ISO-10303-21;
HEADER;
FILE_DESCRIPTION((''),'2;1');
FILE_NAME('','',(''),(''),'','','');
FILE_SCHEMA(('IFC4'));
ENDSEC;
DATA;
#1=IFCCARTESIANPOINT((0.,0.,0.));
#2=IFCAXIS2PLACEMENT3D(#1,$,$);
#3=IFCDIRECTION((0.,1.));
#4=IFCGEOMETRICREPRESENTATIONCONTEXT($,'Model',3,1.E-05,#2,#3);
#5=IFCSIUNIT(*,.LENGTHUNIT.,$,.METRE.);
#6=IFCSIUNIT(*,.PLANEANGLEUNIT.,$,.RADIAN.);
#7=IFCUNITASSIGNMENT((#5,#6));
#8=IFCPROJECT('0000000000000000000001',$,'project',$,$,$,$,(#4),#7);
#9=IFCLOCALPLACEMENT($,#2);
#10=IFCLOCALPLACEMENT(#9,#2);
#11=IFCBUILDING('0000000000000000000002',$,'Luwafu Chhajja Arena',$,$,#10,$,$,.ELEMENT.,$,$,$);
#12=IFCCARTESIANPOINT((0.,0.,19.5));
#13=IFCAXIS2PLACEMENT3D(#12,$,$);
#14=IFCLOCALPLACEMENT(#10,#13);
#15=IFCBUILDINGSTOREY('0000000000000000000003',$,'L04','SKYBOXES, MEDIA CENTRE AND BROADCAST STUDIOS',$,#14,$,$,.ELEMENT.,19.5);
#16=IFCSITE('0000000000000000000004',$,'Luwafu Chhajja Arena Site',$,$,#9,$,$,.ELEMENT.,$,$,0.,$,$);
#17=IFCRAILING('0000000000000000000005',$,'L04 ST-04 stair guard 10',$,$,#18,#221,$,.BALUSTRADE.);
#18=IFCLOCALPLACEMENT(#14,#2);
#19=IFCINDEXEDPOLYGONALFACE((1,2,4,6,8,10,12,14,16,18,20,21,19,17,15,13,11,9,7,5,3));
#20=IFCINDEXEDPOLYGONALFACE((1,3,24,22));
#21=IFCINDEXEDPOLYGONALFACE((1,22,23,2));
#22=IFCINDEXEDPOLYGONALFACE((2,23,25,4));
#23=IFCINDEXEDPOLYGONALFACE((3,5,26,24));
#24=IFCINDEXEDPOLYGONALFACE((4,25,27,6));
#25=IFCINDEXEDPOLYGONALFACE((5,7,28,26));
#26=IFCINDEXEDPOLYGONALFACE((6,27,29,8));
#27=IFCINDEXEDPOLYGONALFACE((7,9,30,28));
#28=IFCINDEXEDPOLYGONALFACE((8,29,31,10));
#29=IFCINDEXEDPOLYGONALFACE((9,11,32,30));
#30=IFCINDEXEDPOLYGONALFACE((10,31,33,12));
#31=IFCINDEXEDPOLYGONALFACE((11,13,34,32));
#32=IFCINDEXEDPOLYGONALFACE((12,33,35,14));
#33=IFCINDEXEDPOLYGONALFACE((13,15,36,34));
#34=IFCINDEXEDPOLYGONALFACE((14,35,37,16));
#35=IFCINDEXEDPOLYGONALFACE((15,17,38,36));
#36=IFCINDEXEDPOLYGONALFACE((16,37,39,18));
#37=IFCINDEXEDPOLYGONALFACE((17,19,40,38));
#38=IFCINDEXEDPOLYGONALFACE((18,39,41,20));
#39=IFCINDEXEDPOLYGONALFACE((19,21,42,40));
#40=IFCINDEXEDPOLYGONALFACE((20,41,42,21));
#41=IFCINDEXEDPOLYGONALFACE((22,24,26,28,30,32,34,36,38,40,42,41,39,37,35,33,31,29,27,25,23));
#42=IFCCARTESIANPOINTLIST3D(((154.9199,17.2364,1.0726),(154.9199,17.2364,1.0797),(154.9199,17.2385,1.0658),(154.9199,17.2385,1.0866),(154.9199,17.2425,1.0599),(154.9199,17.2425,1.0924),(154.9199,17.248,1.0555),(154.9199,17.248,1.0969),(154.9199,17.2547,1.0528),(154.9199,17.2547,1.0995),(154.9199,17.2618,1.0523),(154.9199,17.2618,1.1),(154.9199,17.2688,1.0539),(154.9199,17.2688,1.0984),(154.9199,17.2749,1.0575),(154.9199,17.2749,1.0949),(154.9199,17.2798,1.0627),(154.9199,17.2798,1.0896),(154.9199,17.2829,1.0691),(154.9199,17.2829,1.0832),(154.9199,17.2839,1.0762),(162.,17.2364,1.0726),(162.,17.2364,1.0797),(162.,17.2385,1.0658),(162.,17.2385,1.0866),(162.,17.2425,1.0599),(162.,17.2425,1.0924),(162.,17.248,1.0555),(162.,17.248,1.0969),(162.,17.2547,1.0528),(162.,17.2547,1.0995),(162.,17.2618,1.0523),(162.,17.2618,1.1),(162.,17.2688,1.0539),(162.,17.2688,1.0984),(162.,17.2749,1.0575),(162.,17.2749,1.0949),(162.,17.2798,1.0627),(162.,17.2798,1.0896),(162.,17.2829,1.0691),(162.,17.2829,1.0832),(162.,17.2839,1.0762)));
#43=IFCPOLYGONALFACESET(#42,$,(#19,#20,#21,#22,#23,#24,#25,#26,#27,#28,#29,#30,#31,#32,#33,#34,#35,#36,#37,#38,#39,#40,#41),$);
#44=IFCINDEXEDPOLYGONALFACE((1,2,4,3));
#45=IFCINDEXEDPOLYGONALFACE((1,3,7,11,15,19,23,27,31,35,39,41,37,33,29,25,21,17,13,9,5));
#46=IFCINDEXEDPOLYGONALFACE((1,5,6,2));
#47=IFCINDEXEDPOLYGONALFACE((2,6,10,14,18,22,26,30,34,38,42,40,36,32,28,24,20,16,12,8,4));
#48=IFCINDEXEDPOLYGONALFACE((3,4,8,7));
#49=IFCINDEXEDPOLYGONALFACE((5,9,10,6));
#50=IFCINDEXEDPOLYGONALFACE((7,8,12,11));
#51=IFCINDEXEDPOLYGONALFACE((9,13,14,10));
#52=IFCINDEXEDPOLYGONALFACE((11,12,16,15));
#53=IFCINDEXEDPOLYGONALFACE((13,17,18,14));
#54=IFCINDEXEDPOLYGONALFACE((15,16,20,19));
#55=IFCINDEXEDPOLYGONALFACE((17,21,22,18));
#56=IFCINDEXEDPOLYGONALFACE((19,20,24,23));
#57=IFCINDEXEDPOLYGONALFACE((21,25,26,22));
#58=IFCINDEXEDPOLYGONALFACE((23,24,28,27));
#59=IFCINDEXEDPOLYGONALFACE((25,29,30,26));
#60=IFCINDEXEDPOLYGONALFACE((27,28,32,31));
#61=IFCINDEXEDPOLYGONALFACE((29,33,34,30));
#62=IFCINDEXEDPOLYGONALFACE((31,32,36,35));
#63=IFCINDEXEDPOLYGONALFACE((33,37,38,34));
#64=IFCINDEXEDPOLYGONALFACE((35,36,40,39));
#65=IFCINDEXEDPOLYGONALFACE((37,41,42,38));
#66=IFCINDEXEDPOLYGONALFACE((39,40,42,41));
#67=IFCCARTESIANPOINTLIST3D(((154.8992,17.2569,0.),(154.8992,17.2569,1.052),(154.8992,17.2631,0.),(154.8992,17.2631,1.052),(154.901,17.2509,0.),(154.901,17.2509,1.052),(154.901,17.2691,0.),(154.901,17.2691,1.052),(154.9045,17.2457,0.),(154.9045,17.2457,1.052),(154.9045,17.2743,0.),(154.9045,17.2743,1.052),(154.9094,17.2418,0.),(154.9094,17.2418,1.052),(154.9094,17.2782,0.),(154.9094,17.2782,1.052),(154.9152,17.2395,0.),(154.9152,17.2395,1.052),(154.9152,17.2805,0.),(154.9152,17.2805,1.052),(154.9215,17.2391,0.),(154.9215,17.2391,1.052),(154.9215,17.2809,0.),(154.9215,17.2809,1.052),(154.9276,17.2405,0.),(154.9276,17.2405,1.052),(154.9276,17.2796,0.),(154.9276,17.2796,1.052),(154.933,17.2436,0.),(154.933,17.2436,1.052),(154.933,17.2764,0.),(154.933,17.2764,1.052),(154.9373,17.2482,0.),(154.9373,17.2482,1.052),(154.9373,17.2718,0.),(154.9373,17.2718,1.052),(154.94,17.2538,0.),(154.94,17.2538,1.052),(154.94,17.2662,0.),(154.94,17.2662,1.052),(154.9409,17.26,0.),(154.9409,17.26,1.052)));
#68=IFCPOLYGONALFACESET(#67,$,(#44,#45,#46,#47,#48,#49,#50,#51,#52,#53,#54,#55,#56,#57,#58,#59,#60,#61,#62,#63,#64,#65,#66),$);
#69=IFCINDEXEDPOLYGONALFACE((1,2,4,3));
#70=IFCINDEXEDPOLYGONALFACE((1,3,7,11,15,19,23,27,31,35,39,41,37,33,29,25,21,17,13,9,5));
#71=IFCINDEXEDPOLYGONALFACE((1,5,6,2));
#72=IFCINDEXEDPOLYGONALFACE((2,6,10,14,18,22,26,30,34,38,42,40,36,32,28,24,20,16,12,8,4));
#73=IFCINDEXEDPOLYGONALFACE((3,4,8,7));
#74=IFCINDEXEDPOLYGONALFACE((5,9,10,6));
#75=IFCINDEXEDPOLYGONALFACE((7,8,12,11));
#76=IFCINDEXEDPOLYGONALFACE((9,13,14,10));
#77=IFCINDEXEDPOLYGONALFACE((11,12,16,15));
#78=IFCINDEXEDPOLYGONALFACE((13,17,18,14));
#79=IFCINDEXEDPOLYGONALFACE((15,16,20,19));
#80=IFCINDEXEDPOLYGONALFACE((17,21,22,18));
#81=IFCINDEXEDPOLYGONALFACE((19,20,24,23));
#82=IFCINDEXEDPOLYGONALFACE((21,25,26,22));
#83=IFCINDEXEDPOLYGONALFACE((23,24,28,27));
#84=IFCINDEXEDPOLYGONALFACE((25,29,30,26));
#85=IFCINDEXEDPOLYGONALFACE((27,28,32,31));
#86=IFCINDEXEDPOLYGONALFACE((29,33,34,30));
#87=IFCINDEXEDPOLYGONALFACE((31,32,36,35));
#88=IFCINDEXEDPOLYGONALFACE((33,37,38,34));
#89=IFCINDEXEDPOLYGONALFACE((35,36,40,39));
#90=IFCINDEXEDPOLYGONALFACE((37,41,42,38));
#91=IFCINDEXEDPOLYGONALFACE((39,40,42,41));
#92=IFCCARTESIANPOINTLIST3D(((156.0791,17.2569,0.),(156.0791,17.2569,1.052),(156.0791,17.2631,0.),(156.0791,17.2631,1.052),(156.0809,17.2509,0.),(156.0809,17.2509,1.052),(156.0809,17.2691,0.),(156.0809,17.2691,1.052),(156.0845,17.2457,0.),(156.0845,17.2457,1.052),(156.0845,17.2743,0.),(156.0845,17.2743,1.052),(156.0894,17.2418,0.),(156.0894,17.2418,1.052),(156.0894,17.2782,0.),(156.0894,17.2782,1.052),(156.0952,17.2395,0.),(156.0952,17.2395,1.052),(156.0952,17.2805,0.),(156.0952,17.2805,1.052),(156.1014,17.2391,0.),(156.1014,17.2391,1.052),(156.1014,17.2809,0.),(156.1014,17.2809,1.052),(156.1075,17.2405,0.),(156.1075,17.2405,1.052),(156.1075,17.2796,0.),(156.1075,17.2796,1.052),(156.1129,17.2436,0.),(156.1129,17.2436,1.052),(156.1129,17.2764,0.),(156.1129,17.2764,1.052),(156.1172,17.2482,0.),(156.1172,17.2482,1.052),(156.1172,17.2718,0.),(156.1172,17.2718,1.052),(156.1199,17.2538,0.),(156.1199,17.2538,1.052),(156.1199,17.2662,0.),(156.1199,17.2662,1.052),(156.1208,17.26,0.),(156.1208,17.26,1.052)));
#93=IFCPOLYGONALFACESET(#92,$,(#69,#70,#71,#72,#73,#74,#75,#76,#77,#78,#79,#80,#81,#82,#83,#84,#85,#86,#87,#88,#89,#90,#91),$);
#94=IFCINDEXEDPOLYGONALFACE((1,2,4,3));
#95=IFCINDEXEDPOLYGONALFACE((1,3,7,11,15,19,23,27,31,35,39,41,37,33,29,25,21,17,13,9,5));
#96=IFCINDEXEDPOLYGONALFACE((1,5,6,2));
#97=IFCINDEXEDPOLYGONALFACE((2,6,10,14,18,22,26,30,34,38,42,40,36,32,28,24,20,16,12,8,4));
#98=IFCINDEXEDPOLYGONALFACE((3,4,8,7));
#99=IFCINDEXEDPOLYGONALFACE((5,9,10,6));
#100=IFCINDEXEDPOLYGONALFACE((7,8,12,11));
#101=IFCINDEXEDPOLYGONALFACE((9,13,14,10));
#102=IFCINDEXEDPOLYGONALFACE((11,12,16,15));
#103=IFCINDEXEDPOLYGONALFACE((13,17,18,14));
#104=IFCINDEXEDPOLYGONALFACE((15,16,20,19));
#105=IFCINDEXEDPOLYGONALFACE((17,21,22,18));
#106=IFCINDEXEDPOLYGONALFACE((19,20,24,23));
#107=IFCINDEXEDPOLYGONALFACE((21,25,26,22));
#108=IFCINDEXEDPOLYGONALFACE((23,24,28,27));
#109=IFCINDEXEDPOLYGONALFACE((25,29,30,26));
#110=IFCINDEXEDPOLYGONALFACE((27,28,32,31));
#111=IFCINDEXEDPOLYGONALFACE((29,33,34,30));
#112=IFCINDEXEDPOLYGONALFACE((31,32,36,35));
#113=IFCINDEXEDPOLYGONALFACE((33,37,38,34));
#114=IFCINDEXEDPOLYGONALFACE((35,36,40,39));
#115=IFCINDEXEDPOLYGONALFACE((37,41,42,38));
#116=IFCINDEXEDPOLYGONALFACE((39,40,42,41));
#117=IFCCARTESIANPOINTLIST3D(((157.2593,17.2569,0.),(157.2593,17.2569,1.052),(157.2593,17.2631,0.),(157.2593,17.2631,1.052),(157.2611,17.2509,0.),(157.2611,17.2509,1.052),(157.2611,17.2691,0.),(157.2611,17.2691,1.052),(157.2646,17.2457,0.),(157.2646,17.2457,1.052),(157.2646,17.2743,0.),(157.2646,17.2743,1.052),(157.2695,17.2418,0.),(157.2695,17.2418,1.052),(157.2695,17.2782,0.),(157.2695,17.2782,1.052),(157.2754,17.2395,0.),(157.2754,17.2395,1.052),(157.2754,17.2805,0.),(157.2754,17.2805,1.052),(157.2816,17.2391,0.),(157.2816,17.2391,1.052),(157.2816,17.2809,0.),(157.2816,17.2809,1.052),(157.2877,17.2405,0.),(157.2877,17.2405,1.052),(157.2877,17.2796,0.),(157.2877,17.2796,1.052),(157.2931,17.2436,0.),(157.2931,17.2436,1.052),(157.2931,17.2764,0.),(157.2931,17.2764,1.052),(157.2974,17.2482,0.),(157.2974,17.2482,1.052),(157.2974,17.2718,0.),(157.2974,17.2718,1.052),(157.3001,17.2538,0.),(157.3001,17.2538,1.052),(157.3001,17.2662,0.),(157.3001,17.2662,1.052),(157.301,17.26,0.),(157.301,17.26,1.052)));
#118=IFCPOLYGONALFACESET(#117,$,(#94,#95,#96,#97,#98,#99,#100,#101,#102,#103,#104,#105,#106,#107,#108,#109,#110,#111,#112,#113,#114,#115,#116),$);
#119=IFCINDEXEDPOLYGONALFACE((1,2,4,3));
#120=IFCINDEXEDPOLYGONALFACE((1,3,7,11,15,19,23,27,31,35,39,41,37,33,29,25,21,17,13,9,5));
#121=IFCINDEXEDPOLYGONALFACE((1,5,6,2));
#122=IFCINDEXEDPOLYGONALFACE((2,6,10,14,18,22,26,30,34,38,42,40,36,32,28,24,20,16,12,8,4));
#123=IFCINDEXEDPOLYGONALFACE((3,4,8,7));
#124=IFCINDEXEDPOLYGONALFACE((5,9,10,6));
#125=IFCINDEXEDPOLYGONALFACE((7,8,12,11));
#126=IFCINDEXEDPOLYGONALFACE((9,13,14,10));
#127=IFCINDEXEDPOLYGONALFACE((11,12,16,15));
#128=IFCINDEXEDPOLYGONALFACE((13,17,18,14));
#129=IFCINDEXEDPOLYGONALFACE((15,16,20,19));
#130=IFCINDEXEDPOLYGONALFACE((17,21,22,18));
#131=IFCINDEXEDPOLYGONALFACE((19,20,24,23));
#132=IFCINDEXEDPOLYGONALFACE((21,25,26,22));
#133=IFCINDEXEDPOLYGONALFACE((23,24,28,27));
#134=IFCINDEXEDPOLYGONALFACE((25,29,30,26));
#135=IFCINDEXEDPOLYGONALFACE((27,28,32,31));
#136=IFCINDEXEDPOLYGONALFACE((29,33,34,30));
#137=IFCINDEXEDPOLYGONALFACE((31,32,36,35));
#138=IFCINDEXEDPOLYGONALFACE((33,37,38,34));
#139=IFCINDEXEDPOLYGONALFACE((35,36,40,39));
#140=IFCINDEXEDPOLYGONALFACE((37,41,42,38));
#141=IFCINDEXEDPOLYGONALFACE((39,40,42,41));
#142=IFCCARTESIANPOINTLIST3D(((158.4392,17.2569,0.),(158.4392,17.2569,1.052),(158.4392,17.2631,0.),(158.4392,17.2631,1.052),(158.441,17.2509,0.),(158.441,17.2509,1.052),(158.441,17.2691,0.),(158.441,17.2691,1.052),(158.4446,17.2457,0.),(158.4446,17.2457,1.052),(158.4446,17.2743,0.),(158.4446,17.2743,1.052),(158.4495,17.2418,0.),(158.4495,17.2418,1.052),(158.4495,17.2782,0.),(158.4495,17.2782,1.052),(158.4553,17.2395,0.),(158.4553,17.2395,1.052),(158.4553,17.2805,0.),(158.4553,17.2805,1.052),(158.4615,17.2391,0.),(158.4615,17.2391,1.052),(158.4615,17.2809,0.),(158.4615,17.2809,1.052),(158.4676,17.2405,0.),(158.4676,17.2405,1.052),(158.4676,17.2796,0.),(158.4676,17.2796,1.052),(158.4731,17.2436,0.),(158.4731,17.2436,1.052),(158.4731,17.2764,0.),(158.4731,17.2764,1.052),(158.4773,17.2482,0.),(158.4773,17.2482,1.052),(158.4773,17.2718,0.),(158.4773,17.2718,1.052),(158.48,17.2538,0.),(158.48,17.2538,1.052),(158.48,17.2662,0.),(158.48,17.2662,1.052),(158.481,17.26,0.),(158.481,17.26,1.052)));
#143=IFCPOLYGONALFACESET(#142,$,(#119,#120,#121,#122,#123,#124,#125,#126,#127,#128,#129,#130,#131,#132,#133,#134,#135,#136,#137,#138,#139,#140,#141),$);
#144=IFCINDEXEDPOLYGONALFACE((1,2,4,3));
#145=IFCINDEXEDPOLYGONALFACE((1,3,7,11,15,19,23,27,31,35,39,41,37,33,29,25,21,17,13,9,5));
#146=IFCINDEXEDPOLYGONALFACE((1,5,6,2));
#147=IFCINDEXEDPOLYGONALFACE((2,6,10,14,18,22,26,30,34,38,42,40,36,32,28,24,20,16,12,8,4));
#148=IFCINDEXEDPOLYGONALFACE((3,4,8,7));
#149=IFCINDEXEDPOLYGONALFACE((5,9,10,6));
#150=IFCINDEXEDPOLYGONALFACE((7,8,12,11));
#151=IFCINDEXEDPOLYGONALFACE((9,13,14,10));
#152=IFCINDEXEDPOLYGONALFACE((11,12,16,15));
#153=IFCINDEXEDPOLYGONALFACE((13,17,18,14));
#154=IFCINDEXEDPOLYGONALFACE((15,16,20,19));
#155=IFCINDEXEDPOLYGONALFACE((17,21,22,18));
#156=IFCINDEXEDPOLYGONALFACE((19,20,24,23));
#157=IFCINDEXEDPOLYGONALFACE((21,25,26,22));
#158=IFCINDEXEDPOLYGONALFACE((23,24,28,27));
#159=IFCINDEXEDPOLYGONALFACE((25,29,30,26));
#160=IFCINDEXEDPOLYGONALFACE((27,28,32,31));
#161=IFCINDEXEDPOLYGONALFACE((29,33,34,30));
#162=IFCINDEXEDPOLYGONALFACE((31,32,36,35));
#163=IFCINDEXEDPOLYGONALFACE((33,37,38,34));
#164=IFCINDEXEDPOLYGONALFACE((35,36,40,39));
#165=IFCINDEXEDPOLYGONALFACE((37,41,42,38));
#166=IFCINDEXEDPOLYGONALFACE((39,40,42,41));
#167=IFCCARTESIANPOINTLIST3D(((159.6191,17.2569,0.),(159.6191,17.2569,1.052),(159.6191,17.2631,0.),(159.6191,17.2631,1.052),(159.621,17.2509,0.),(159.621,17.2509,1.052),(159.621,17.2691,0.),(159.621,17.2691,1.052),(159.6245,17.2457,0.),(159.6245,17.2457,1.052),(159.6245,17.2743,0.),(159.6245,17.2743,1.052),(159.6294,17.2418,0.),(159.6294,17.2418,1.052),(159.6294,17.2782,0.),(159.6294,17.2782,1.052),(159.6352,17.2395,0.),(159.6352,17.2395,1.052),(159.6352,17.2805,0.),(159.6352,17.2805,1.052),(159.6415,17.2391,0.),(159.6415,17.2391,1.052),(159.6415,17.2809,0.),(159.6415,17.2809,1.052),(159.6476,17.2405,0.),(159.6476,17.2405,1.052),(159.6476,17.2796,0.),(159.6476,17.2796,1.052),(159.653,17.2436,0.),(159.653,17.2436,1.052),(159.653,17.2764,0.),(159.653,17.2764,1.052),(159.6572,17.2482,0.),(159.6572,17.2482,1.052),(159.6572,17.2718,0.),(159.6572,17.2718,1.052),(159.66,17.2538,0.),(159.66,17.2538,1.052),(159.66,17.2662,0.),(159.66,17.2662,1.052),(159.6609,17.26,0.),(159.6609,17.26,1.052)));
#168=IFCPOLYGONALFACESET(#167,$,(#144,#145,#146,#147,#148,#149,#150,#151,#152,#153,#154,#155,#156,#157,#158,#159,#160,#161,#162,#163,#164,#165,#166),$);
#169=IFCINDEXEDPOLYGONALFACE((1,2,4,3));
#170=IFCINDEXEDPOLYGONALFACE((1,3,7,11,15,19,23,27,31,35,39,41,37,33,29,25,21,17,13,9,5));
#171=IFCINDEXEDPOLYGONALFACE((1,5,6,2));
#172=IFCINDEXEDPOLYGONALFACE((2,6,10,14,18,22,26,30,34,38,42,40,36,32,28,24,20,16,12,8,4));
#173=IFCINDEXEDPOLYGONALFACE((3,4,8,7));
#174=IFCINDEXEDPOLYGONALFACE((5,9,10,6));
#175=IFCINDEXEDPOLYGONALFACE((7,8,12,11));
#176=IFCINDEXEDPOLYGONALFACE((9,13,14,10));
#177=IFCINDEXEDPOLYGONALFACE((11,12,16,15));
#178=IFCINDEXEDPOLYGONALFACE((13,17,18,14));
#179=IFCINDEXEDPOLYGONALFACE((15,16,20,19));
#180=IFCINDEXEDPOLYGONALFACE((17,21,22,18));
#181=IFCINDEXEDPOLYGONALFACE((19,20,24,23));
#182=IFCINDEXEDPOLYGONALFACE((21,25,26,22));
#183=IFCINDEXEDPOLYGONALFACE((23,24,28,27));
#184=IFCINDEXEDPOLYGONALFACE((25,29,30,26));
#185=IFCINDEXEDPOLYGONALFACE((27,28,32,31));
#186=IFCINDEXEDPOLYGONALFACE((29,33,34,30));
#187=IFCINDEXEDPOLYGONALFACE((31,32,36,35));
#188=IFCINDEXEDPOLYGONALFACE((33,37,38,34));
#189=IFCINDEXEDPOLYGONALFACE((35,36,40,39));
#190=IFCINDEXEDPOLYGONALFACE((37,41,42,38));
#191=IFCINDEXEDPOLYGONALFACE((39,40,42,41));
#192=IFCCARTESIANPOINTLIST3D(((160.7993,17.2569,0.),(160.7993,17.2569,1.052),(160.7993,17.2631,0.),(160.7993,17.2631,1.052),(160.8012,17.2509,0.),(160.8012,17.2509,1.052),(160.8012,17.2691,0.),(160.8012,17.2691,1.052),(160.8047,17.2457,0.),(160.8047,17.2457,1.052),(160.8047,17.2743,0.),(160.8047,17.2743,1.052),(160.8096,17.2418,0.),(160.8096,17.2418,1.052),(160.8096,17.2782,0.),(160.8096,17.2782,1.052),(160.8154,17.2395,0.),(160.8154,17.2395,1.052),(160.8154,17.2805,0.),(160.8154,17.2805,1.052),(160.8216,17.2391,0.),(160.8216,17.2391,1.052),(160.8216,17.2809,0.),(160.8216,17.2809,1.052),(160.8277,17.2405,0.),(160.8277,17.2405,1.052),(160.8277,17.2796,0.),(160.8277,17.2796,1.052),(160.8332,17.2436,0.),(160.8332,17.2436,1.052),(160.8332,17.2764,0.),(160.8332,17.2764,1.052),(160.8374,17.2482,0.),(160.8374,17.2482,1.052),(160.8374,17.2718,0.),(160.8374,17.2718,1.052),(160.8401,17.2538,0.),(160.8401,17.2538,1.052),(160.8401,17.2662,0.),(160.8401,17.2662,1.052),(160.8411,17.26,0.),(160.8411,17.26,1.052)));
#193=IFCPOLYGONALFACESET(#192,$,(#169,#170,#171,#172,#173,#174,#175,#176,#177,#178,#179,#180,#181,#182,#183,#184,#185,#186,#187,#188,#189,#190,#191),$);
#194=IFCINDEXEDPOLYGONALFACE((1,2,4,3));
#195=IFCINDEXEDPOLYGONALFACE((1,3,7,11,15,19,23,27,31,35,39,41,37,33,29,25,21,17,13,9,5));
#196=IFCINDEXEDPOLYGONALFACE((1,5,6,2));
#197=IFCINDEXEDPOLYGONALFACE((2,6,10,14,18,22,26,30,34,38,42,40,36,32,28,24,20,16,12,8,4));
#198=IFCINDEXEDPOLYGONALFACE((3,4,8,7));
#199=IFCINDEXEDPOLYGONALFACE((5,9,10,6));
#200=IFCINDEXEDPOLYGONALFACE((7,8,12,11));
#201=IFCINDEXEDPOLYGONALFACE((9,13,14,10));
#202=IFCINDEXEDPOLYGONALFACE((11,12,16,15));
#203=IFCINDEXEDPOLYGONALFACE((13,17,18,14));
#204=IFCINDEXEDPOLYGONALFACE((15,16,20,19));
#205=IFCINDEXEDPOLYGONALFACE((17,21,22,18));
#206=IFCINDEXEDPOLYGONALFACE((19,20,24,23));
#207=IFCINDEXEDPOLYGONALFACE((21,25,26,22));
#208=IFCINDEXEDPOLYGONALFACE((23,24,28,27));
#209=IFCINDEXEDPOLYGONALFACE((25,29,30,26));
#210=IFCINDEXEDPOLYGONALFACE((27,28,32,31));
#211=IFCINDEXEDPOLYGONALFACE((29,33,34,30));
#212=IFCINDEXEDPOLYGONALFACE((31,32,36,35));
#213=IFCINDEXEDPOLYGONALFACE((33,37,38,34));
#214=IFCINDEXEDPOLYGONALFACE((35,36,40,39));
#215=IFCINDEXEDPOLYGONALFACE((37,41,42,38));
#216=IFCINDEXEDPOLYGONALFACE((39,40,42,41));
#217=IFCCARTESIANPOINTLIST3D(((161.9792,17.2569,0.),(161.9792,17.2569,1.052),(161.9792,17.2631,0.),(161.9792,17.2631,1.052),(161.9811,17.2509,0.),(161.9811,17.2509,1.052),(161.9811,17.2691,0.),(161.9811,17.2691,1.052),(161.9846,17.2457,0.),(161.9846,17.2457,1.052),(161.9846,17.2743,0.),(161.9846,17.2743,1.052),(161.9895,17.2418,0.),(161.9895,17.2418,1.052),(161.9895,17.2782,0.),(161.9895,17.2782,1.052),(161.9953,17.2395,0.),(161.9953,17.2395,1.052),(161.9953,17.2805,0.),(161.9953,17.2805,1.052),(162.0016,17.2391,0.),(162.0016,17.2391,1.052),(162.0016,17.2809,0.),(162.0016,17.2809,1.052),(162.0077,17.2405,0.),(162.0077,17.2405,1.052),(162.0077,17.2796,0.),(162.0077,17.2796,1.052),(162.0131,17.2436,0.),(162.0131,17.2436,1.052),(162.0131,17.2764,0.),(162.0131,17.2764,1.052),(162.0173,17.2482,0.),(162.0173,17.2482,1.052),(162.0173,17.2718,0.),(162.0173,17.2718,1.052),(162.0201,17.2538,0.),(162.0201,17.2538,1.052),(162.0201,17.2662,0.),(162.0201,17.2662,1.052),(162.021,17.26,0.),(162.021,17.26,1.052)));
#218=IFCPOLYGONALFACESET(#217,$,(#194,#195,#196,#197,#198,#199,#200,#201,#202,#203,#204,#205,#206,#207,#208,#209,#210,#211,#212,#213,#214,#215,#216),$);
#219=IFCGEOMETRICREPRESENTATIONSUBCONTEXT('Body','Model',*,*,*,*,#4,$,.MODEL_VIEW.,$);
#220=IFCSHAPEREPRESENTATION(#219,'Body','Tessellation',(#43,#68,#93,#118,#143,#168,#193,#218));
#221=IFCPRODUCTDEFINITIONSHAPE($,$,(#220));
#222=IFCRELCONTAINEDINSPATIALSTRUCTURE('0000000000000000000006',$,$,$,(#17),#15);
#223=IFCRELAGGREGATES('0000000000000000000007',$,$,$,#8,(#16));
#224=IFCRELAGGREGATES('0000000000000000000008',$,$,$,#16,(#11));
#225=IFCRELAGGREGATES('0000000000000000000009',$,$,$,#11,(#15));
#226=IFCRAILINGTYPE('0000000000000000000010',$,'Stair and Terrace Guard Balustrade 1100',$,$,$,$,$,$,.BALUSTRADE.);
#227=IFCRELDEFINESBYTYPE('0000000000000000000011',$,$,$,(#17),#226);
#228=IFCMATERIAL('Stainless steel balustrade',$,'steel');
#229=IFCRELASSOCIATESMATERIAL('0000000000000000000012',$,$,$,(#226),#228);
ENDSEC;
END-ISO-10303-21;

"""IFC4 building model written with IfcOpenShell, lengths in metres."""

from ifc_helpers import new_model, si_unit, direction, frame, origin, origin_2d, place, context, subcontext, project, spatial, circle, extrude, material, type_object, element, save


model = new_model("IFC4")

# Units and contexts
model_context = context("Model", 3, precision=1e-05, world=origin(), true_north=direction((0.0, 1.0)))
body_context = subcontext(model_context, "Body", "Model", "MODEL_VIEW")
ifc_project = project(units=[si_unit("LENGTHUNIT", "METRE"), si_unit("PLANEANGLEUNIT", "RADIAN")], contexts=[model_context])

# Site, building, storey
site_placement = place(None, origin())
site = spatial("IfcSite", under=ifc_project, at=site_placement, Name="Luwafu Chhajja Arena Site", CompositionType="ELEMENT", RefElevation=0.0)
building_placement = place(site_placement, origin())
building = spatial("IfcBuilding", under=site, at=building_placement, Name="Luwafu Chhajja Arena", CompositionType="ELEMENT")
storey_placement = place(building_placement, frame((0.0, 0.0, 19.5)))
storey = spatial("IfcBuildingStorey", under=building, at=storey_placement, Name="L04", Description="SKYBOXES, MEDIA CENTRE AND BROADCAST STUDIOS", CompositionType="ELEMENT", Elevation=19.5)

# Railing
ifc_material_1 = material(Name="Stainless steel balustrade", Category="steel")
railing_type_1 = type_object("IfcRailingType", Name="Stair and Terrace Guard Balustrade 1100", PredefinedType="BALUSTRADE", material=ifc_material_1)
railing_1_placement = place(storey_placement, frame((154.9199, 17.26, 0.0)))
element("IfcRailing", 1, at=railing_1_placement, inside=storey, type_object=railing_type_1, Name="L04 ST-04 stair guard 10", PredefinedType="BALUSTRADE", context=body_context, shape_type="SweptSolid", body=[
    extrude(circle(Radius=0.0239, at=origin_2d()), frame((0.0, 0.0, 1.0762), z_axis=(1.0, 0.0, 0.0), x_axis=(0.0, 1.0, 0.0)), (0.0, 0.0, 1.0), 7.0801),
    extrude(circle(Radius=0.021, at=origin_2d()), origin(), (0.0, 0.0, 1.0), 1.052),
    extrude(circle(Radius=0.021, at=origin_2d()), frame((1.1799, 0.0, 0.0)), (0.0, 0.0, 1.0), 1.052),
    extrude(circle(Radius=0.021, at=origin_2d()), frame((2.3601, 0.0, 0.0)), (0.0, 0.0, 1.0), 1.052),
    extrude(circle(Radius=0.021, at=origin_2d()), frame((3.54, 0.0, 0.0)), (0.0, 0.0, 1.0), 1.052),
    extrude(circle(Radius=0.021, at=origin_2d()), frame((4.72, 0.0, 0.0)), (0.0, 0.0, 1.0), 1.052),
    extrude(circle(Radius=0.021, at=origin_2d()), frame((5.9001, 0.0, 0.0)), (0.0, 0.0, 1.0), 1.052),
    extrude(circle(Radius=0.021, at=origin_2d()), frame((7.0801, 0.0, 0.0)), (0.0, 0.0, 1.0), 1.052),
])

save(model, "model.ifc")
